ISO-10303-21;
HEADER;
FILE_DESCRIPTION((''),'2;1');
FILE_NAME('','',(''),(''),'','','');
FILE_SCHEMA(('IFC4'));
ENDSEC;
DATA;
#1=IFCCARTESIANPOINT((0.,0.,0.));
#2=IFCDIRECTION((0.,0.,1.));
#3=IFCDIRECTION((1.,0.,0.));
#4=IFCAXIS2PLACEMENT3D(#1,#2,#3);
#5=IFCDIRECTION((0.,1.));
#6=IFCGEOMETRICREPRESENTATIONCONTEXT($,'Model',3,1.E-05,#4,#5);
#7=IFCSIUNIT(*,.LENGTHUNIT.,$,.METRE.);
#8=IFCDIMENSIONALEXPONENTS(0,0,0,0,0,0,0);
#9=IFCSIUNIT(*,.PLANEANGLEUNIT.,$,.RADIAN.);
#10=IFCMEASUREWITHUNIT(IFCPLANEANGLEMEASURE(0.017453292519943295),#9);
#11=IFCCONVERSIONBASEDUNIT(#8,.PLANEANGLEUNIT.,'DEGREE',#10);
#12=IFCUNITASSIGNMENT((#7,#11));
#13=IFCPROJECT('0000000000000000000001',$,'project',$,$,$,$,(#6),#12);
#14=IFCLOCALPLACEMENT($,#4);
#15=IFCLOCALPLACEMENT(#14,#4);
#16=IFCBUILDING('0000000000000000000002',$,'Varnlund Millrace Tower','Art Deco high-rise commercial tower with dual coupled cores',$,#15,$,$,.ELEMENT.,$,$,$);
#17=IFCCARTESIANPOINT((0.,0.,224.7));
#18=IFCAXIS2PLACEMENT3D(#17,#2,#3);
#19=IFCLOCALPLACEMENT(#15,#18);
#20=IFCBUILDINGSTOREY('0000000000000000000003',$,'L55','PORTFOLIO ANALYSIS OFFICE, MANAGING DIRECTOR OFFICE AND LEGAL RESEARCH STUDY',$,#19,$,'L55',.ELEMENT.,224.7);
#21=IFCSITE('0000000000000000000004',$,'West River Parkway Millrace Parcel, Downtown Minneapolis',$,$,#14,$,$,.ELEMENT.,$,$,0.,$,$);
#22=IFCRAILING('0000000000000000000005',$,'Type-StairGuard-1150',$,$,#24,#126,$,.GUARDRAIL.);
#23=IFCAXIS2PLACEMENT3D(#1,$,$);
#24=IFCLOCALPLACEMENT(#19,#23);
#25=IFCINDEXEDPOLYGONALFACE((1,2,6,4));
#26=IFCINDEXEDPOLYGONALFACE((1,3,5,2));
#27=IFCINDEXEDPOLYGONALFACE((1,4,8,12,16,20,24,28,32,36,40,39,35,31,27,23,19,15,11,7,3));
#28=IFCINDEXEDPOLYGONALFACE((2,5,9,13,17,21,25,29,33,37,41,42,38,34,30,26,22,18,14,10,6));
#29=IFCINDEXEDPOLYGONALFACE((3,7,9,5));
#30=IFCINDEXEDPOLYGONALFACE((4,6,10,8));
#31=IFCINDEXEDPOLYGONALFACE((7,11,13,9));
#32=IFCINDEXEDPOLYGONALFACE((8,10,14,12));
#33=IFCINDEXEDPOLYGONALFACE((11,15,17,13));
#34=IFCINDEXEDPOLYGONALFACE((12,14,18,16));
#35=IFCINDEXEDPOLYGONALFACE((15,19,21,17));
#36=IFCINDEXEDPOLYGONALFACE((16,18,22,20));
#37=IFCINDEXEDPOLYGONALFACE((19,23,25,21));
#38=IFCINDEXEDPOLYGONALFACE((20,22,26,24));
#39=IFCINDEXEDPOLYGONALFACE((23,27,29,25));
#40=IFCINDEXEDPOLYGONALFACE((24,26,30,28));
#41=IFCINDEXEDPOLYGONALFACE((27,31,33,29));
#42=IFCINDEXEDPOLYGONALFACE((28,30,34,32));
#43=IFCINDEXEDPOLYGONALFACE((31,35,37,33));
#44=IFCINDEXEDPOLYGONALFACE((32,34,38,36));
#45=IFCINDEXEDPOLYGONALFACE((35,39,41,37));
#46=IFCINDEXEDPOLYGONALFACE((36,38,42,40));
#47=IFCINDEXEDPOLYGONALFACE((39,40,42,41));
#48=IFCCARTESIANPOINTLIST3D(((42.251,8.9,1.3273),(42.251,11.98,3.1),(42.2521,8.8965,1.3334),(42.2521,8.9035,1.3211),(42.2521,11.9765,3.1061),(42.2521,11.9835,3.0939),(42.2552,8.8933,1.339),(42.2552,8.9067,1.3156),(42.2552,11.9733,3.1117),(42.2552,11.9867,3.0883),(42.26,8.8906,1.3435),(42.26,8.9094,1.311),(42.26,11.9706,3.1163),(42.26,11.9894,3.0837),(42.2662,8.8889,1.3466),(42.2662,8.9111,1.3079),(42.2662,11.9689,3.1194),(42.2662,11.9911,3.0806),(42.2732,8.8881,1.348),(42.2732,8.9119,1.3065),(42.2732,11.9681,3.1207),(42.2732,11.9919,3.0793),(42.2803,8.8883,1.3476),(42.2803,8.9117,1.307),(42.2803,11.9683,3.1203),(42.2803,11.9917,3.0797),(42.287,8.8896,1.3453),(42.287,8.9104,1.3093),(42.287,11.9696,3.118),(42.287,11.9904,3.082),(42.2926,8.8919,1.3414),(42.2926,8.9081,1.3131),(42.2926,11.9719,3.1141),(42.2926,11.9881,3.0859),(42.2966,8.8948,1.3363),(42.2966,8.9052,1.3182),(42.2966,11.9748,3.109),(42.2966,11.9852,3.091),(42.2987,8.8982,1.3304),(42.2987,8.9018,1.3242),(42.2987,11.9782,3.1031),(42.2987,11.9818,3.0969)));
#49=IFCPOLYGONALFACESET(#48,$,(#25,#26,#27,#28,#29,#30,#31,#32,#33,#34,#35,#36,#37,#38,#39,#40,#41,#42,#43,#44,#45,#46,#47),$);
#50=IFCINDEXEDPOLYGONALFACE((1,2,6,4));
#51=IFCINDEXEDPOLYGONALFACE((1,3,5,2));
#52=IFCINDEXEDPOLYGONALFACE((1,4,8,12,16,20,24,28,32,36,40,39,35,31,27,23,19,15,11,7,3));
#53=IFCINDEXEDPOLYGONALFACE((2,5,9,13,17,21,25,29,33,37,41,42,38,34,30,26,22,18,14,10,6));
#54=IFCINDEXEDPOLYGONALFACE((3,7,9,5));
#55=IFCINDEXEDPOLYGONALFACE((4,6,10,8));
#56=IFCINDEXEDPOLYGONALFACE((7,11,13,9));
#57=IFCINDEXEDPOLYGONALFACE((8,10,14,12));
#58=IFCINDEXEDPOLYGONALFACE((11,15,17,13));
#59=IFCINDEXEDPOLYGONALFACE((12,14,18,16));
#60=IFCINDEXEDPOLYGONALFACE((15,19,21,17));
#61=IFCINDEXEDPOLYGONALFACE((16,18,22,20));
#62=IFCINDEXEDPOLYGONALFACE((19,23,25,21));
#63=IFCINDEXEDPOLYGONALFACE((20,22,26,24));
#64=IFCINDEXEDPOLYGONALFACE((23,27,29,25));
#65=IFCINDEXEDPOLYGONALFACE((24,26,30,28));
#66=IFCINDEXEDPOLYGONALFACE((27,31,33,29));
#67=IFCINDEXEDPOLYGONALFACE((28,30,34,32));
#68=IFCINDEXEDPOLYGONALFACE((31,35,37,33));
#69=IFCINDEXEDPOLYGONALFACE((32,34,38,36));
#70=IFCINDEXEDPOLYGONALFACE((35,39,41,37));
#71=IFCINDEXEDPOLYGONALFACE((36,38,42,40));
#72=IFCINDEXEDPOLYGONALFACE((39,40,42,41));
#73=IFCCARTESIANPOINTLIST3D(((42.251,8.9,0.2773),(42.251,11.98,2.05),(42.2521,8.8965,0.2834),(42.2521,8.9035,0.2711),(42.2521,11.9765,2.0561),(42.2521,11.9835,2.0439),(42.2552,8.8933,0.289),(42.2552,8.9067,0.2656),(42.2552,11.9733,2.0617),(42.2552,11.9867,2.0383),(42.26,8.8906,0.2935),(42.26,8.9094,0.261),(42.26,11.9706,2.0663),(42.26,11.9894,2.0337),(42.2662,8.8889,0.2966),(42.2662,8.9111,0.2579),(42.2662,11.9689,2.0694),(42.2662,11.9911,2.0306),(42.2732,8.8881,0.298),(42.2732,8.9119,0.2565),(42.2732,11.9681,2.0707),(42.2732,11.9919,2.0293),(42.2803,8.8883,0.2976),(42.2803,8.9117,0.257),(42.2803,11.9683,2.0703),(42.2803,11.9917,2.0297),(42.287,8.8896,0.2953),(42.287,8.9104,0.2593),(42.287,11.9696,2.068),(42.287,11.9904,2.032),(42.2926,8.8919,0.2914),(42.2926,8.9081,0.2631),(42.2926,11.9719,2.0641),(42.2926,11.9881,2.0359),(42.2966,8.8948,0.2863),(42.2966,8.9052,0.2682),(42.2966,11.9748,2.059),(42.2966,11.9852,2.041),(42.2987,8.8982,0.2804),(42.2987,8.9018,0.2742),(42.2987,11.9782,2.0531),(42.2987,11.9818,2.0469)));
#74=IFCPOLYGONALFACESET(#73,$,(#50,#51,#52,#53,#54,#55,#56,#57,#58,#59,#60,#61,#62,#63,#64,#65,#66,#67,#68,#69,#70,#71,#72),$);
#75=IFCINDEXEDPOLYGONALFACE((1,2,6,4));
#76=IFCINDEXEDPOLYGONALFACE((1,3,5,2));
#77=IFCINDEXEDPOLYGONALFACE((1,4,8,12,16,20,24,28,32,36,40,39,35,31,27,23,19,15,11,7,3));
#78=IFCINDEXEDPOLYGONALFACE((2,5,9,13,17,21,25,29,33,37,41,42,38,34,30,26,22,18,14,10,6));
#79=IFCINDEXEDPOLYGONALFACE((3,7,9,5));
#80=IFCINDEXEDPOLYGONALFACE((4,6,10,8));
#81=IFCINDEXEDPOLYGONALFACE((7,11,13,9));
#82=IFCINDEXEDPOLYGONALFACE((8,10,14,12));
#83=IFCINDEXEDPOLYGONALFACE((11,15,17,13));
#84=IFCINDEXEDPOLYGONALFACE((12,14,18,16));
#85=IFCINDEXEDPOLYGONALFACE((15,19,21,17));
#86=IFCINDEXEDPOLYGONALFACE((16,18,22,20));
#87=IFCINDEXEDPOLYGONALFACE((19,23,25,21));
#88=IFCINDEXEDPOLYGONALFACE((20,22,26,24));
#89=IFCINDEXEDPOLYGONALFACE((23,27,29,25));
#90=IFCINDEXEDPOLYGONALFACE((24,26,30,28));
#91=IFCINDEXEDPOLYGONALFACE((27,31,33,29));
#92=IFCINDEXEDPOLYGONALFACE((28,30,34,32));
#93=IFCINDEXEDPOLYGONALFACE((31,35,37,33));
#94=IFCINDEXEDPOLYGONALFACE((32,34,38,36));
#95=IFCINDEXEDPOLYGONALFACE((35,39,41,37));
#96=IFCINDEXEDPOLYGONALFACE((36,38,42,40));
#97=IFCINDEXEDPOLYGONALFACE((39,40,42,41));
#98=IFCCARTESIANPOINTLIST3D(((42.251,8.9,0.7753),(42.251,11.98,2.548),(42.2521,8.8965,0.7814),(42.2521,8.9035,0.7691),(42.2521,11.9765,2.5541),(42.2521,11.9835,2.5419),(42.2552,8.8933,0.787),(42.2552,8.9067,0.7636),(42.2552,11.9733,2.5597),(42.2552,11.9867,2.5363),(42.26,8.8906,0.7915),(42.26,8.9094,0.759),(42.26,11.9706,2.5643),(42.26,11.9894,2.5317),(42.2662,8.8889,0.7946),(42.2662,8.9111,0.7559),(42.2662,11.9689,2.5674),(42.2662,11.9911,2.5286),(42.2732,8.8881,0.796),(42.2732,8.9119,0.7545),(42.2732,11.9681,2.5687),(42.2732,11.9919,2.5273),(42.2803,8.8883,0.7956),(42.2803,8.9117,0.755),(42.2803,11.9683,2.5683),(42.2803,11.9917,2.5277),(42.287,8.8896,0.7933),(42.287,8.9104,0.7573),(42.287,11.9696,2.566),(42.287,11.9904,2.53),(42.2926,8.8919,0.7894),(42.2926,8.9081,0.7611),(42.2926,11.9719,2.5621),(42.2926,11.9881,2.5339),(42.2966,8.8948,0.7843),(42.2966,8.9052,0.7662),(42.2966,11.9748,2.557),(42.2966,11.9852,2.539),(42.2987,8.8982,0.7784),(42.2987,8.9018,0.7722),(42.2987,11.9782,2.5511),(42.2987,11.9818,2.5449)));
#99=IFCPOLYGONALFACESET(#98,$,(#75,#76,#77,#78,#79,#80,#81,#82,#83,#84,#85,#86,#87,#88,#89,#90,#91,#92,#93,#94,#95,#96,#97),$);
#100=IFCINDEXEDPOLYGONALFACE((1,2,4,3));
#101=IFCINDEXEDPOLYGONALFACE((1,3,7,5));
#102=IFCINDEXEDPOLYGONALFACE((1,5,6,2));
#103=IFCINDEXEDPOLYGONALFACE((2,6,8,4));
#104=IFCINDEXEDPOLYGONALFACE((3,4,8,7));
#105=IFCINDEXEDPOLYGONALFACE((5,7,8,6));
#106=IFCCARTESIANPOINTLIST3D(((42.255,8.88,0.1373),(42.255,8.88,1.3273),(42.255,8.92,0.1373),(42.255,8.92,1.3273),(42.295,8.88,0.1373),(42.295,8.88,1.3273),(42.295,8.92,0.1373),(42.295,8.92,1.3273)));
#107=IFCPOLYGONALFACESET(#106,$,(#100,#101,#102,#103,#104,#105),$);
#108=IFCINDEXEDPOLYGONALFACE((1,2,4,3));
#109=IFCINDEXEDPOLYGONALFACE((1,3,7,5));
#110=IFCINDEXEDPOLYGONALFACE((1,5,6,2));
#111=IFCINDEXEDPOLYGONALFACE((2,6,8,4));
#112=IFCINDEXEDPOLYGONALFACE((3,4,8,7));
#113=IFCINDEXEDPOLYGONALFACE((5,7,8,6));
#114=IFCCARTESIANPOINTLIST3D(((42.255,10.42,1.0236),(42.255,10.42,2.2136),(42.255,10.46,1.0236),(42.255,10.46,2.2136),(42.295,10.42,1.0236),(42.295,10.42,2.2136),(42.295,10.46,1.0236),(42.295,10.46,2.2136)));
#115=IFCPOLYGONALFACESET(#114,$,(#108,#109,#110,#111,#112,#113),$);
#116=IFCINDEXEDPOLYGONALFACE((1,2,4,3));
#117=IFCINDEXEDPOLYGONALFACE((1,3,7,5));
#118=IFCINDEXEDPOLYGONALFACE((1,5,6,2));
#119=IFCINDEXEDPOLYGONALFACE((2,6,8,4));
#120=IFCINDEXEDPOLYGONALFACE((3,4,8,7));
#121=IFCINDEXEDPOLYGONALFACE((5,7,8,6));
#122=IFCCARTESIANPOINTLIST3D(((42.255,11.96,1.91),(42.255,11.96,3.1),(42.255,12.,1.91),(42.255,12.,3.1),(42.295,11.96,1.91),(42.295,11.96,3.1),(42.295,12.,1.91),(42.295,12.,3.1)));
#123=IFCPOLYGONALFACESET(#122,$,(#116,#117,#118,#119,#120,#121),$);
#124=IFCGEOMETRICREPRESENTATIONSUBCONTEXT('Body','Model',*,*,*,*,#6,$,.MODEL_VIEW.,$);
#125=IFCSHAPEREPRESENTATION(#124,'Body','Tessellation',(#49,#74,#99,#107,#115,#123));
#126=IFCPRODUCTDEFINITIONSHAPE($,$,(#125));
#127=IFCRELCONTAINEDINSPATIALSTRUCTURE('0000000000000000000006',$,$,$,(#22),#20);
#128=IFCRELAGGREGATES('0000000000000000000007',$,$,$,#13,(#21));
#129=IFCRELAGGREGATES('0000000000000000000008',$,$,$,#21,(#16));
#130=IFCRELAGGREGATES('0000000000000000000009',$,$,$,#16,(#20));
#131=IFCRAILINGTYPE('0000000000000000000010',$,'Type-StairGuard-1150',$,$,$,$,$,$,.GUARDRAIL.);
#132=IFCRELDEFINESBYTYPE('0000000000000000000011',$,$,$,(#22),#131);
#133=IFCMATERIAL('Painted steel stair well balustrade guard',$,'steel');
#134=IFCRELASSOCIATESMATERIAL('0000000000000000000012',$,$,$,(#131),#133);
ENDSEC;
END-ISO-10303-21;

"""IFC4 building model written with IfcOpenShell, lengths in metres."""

from ifc_helpers import new_model, entity, si_unit, converted_unit, direction, frame, origin_with_axes, origin_2d_with_axis, place, context, subcontext, project, spatial, rectangle, circle, extrude, material, type_object, element, save


model = new_model("IFC4")

# Units and contexts
model_context = context("Model", 3, precision=1e-05, world=origin_with_axes(), true_north=direction((0.0, 1.0)))
body_context = subcontext(model_context, "Body", "Model", "MODEL_VIEW")
ifc_project = project(units=[si_unit("LENGTHUNIT", "METRE"), converted_unit("PLANEANGLEUNIT", "DEGREE", entity("IfcPlaneAngleMeasure", 0.017453292519943295), si_unit("PLANEANGLEUNIT", "RADIAN"), dimensions=[0, 0, 0, 0, 0, 0, 0])], contexts=[model_context])

# Site, building, storey
site_placement = place(None, origin_with_axes())
site = spatial("IfcSite", under=ifc_project, at=site_placement, Name="West River Parkway Millrace Parcel, Downtown Minneapolis", CompositionType="ELEMENT", RefElevation=0.0)
building_placement = place(site_placement, origin_with_axes())
building = spatial("IfcBuilding", under=site, at=building_placement, Name="Varnlund Millrace Tower", Description="Art Deco high-rise commercial tower with dual coupled cores", CompositionType="ELEMENT")
storey_placement = place(building_placement, frame((0.0, 0.0, 224.7), z_axis=(0.0, 0.0, 1.0), x_axis=(1.0, 0.0, 0.0)))
storey = spatial("IfcBuildingStorey", under=building, at=storey_placement, Name="L55", Description="PORTFOLIO ANALYSIS OFFICE, MANAGING DIRECTOR OFFICE AND LEGAL RESEARCH STUDY", LongName="L55", CompositionType="ELEMENT", Elevation=224.7)

# Railing
ifc_material_1 = material(Name="Painted steel stair well balustrade guard", Category="steel")
railing_type_1 = type_object("IfcRailingType", Name="Type-StairGuard-1150", PredefinedType="GUARDRAIL", material=ifc_material_1)
railing_1_placement = place(storey_placement, frame((0.0, 0.0, -224.7), z_axis=(0.0, 0.0, 1.0), x_axis=(1.0, 0.0, 0.0)))
element("IfcRailing", 1, at=railing_1_placement, inside=storey, type_object=railing_type_1, Name="Type-StairGuard-1150", PredefinedType="GUARDRAIL", context=body_context, shape_type="SweptSolid", body=[
    extrude(circle(Radius=0.024, at=origin_2d_with_axis()), frame((42.275, 8.9, 226.0273), z_axis=(0.0, 0.866696, 0.498836), x_axis=(-1.0, 0.0, 0.0)), (0.0, 0.0, 1.0), 3.5537),
    extrude(circle(Radius=0.024, at=origin_2d_with_axis()), frame((42.275, 8.9, 224.9773), z_axis=(0.0, 0.866696, 0.498836), x_axis=(-1.0, 0.0, 0.0)), (0.0, 0.0, 1.0), 3.5537),
    extrude(circle(Radius=0.024, at=origin_2d_with_axis()), frame((42.275, 8.9, 225.4753), z_axis=(0.0, 0.866696, 0.498836), x_axis=(-1.0, 0.0, 0.0)), (0.0, 0.0, 1.0), 3.5537),
    extrude(rectangle(XDim=0.04, YDim=0.04, at=origin_2d_with_axis()), frame((42.275, 8.9, 224.8373), z_axis=(0.0, 0.0, 1.0), x_axis=(1.0, 0.0, 0.0)), (0.0, 0.0, 1.0), 1.19),
    extrude(rectangle(XDim=0.04, YDim=0.04, at=origin_2d_with_axis()), frame((42.275, 10.44, 225.7236), z_axis=(0.0, 0.0, 1.0), x_axis=(1.0, 0.0, 0.0)), (0.0, 0.0, 1.0), 1.19),
    extrude(rectangle(XDim=0.04, YDim=0.04, at=origin_2d_with_axis()), frame((42.275, 11.98, 226.61), z_axis=(0.0, 0.0, 1.0), x_axis=(1.0, 0.0, 0.0)), (0.0, 0.0, 1.0), 1.19),
])

save(model, "model.ifc")
